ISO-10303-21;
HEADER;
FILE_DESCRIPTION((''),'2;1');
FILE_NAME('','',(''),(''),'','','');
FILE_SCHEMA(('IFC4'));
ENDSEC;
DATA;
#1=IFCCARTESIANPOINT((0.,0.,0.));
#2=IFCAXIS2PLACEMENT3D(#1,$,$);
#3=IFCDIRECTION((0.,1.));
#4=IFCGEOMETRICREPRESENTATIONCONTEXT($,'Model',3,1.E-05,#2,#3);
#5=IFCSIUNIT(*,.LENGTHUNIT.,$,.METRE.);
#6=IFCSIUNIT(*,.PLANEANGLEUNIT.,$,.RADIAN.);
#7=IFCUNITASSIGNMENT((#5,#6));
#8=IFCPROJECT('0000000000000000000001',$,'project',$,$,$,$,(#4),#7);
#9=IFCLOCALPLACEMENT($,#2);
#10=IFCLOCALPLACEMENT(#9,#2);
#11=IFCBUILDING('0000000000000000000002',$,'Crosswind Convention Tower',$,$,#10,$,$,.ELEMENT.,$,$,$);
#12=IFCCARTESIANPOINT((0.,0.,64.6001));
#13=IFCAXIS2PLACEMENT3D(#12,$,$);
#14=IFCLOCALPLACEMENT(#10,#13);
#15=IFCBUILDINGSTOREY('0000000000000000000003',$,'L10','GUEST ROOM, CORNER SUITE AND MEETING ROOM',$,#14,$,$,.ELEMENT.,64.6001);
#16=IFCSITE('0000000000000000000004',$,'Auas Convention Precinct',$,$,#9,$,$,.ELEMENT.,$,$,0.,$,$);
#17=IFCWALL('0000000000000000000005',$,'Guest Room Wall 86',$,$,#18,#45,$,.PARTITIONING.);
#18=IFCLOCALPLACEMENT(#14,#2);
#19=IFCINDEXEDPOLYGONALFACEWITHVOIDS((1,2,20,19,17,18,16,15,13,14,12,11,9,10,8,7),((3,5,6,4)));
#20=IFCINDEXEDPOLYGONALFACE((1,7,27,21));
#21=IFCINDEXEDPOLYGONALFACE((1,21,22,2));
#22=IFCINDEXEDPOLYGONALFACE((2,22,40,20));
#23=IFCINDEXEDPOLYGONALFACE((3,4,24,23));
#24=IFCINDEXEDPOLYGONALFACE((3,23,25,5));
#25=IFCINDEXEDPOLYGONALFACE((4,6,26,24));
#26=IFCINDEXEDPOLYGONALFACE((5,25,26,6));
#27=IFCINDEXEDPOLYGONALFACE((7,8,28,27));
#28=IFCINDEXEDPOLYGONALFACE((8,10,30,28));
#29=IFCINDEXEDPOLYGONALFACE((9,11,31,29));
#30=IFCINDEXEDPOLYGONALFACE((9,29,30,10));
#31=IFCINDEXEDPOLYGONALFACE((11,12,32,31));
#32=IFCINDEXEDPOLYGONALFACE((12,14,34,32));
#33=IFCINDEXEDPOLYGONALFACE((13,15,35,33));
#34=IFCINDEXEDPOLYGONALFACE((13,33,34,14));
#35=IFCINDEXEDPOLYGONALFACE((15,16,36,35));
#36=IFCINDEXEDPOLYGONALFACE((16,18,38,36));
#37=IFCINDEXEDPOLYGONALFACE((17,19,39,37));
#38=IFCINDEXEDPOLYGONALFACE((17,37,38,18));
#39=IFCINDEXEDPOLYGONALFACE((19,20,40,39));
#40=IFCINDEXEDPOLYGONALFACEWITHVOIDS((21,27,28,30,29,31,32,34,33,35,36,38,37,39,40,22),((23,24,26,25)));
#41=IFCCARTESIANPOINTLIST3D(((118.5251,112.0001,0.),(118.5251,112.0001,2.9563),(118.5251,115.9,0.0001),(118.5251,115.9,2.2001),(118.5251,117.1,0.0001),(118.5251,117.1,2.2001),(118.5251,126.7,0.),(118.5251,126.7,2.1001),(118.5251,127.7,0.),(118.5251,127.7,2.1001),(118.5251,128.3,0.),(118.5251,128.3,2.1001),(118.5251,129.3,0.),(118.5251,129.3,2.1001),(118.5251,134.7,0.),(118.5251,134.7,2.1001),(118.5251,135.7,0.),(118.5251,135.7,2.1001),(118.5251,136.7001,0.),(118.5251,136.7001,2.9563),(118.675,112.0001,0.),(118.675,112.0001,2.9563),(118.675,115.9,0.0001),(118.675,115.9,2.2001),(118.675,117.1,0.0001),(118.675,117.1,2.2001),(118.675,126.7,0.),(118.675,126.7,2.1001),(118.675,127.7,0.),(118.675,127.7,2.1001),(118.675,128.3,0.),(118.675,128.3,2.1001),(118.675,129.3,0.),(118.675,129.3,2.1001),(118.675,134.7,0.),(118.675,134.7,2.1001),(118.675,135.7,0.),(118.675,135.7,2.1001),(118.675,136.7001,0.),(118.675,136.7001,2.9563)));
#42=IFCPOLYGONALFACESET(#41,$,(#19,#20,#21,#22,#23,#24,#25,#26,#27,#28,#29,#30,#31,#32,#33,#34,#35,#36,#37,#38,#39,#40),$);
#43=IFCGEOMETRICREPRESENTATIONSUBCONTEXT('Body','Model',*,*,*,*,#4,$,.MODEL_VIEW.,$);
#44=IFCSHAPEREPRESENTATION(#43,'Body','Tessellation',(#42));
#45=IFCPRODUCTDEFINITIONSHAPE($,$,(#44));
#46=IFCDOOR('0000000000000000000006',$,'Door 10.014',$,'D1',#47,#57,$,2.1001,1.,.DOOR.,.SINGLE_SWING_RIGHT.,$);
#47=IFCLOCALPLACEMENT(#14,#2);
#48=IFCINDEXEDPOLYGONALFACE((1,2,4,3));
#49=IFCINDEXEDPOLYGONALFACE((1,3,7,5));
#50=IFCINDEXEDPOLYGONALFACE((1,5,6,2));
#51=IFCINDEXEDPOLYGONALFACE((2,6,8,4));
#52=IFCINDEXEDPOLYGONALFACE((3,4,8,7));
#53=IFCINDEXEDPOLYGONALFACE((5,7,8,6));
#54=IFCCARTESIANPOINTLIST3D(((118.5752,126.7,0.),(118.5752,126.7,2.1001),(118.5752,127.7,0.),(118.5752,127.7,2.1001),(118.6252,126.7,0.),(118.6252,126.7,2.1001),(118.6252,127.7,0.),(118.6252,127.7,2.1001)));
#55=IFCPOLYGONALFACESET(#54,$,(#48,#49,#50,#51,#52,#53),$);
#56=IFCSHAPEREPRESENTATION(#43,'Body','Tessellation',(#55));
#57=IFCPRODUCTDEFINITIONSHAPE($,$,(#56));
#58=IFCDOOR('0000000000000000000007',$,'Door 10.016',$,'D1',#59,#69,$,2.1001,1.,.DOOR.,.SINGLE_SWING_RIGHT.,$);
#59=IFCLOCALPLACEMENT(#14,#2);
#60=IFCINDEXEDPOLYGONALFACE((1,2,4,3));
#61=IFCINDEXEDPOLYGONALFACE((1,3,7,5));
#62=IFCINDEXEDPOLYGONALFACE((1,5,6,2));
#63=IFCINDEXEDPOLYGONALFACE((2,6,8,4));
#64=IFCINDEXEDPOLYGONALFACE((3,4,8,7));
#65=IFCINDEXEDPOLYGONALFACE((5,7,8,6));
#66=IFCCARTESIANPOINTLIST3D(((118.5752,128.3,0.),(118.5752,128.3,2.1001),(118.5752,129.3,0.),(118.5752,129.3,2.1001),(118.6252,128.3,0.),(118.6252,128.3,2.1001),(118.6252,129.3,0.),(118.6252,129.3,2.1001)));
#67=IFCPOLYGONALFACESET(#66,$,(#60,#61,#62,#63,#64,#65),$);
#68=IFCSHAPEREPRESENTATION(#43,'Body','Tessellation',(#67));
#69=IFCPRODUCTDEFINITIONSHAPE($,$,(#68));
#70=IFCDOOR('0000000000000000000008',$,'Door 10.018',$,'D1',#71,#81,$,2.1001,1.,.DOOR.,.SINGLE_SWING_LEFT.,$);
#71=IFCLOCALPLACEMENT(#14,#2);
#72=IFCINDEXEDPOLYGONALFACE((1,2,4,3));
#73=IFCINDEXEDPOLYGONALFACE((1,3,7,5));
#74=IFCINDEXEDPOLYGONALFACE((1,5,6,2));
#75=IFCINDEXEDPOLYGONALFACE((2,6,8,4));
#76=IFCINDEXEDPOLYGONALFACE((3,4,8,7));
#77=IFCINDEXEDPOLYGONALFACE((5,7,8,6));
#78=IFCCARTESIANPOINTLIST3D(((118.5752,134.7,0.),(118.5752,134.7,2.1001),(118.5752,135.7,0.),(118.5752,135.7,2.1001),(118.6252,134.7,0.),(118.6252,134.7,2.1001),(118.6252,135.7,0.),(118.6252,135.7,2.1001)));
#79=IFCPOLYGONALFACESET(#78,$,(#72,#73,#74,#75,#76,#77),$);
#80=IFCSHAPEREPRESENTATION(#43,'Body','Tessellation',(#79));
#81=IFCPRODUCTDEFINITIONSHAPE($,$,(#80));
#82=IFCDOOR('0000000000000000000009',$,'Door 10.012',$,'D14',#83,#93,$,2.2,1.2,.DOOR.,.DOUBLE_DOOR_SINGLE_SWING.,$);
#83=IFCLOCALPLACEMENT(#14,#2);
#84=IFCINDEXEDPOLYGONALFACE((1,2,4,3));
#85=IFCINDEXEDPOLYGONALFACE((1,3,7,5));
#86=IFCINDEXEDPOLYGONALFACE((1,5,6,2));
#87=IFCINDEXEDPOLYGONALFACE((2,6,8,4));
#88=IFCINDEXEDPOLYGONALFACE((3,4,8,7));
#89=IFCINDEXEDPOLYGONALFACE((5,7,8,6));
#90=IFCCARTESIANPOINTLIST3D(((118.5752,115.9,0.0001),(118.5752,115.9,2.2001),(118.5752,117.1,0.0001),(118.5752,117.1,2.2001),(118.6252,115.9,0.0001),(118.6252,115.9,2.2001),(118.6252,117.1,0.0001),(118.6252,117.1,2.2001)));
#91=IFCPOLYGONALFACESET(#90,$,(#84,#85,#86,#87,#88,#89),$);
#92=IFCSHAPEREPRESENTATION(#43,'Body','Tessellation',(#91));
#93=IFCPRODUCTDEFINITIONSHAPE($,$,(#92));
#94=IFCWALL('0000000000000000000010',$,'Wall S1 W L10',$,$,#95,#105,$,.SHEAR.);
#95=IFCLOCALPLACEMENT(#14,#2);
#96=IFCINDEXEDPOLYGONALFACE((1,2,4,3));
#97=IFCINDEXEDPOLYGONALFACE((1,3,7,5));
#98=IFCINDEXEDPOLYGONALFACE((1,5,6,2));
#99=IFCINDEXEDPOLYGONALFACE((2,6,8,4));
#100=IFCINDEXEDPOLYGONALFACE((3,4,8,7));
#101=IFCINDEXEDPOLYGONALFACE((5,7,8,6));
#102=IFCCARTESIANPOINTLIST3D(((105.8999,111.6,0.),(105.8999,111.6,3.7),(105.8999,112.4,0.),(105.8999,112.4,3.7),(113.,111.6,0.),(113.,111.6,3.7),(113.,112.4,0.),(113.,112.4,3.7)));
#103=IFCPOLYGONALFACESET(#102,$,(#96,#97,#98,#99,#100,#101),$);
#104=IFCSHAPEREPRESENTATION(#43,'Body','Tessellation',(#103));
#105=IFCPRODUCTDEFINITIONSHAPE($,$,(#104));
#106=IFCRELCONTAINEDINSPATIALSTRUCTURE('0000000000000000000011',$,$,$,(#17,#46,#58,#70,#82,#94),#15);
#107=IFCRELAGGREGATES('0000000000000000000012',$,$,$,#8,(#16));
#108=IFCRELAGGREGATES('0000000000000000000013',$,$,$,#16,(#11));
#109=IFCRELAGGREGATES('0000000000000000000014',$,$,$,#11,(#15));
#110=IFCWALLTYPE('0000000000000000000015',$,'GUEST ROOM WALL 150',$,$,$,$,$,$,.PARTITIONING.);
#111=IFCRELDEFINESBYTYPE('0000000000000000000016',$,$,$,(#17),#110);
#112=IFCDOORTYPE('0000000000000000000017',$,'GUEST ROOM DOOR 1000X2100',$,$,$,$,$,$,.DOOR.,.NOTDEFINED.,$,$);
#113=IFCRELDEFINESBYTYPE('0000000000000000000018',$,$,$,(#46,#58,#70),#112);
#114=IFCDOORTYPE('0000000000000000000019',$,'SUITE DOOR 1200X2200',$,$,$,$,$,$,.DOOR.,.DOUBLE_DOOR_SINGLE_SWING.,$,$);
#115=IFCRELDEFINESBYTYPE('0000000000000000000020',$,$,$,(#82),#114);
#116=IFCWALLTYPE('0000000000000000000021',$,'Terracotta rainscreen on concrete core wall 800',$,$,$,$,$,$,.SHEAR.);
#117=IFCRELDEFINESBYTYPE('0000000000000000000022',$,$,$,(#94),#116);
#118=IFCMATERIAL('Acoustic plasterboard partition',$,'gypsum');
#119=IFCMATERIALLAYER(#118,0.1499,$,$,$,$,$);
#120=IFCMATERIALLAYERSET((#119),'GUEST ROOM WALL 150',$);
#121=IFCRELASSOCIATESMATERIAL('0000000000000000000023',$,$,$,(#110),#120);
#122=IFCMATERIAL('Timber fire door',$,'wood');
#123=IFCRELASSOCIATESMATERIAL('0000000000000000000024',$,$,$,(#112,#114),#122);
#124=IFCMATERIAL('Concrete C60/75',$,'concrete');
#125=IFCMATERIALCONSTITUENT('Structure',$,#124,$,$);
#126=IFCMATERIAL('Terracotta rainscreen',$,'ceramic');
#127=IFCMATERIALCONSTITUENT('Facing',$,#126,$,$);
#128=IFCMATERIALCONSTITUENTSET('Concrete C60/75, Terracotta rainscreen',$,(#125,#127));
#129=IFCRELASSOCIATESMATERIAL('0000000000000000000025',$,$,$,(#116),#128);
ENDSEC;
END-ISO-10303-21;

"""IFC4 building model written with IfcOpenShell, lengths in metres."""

from ifc_helpers import new_model, si_unit, direction, frame, frame_2d, origin, place, context, subcontext, project, spatial, rectangle, extrude, material, layer, layer_set, constituent, constituent_set, type_object, element, fill, save


model = new_model("IFC4")

# Units and contexts
model_context = context("Model", 3, precision=1e-05, world=origin(), true_north=direction((0.0, 1.0)))
body_context = subcontext(model_context, "Body", "Model", "MODEL_VIEW")
ifc_project = project(units=[si_unit("LENGTHUNIT", "METRE"), si_unit("PLANEANGLEUNIT", "RADIAN")], contexts=[model_context])

# Site, building, storey
site_placement = place(None, origin())
site = spatial("IfcSite", under=ifc_project, at=site_placement, Name="Auas Convention Precinct", CompositionType="ELEMENT", RefElevation=0.0)
building_placement = place(site_placement, origin())
building = spatial("IfcBuilding", under=site, at=building_placement, Name="Crosswind Convention Tower", CompositionType="ELEMENT")
storey_placement = place(building_placement, frame((0.0, 0.0, 64.6001)))
storey = spatial("IfcBuildingStorey", under=building, at=storey_placement, Name="L10", Description="GUEST ROOM, CORNER SUITE AND MEETING ROOM", CompositionType="ELEMENT", Elevation=64.6001)

# Shared definitions
ifc_material_1 = material(Name="Timber fire door", Category="wood")

# Shared definitions
ifc_material_2 = material(Name="Acoustic plasterboard partition", Category="gypsum")
ifc_layer_1 = layer(ifc_material_2, 0.1499)
ifc_layer_set_1 = layer_set([ifc_layer_1], Name="GUEST ROOM WALL 150")
wall_type_1 = type_object("IfcWallType", Name="GUEST ROOM WALL 150", PredefinedType="PARTITIONING", material=ifc_layer_set_1)

# Wall, openings, doors
wall_1_placement = place(storey_placement, frame((118.6001, 112.0, 0.0), z_axis=(0.0, 0.0, 1.0), x_axis=(0.0, 1.0, 0.0)))
wall_1 = element("IfcWall", 1, at=wall_1_placement, inside=storey, type_object=wall_type_1, Name="Guest Room Wall 86", PredefinedType="PARTITIONING", context=body_context, shape_type="SweptSolid", body=[
    extrude(rectangle(XDim=24.7, YDim=0.1499, at=frame_2d((12.3501, 0.0))), origin(), (0.0, 0.0, 1.0), 2.9563),
])
opening_1_placement = place(wall_1_placement, frame((3.8999, 0.0, 0.0)))
opening_1 = element("IfcOpeningElement", 2, at=opening_1_placement, cuts=wall_1, PredefinedType="OPENING", context=body_context, shape_type="SweptSolid", body=[
    extrude(rectangle(XDim=1.2, YDim=2.2, at=frame_2d((0.6001, 1.1001))), frame((0.0, 0.085, 0.0), z_axis=(0.0, -1.0, 0.0), x_axis=(1.0, 0.0, 0.0)), (0.0, 0.0, 1.0), 0.1699),
])
opening_2_placement = place(wall_1_placement, frame((14.7, 0.0, 0.0)))
opening_2 = element("IfcOpeningElement", 3, at=opening_2_placement, cuts=wall_1, PredefinedType="OPENING", context=body_context, shape_type="SweptSolid", body=[
    extrude(rectangle(XDim=1.0, YDim=2.1001, at=frame_2d((0.5, 1.05))), frame((0.0, 0.085, 0.0), z_axis=(0.0, -1.0, 0.0), x_axis=(1.0, 0.0, 0.0)), (0.0, 0.0, 1.0), 0.1699),
])
opening_3_placement = place(wall_1_placement, frame((16.3, 0.0, 0.0)))
opening_3 = element("IfcOpeningElement", 4, at=opening_3_placement, cuts=wall_1, PredefinedType="OPENING", context=body_context, shape_type="SweptSolid", body=[
    extrude(rectangle(XDim=1.0, YDim=2.1001, at=frame_2d((0.5, 1.05))), frame((0.0, 0.085, 0.0), z_axis=(0.0, -1.0, 0.0), x_axis=(1.0, 0.0, 0.0)), (0.0, 0.0, 1.0), 0.1699),
])
opening_4_placement = place(wall_1_placement, frame((22.7, 0.0, 0.0)))
opening_4 = element("IfcOpeningElement", 5, at=opening_4_placement, cuts=wall_1, PredefinedType="OPENING", context=body_context, shape_type="SweptSolid", body=[
    extrude(rectangle(XDim=1.0, YDim=2.1001, at=frame_2d((0.5, 1.05))), frame((0.0, 0.085, 0.0), z_axis=(0.0, -1.0, 0.0), x_axis=(1.0, 0.0, 0.0)), (0.0, 0.0, 1.0), 0.1699),
])
door_type_1 = type_object("IfcDoorType", Name="GUEST ROOM DOOR 1000X2100", OperationType="NOTDEFINED", PredefinedType="DOOR", material=ifc_material_1)
door_1_placement = place(opening_2_placement, origin())
door_1 = element("IfcDoor", 6, at=door_1_placement, inside=storey, type_object=door_type_1, Name="Door 10.014", ObjectType="D1", OperationType="SINGLE_SWING_RIGHT", OverallHeight=2.1001, OverallWidth=1.0, PredefinedType="DOOR", context=body_context, shape_type="SweptSolid", body=[
    extrude(rectangle(XDim=1.0, YDim=2.1001, at=frame_2d((0.5, 1.05))), frame((0.0, 0.0249, 0.0), z_axis=(0.0, -1.0, 0.0), x_axis=(1.0, 0.0, 0.0)), (0.0, 0.0, 1.0), 0.05),
])
fill(opening_2, door_1)
door_2_placement = place(opening_3_placement, origin())
door_2 = element("IfcDoor", 7, at=door_2_placement, inside=storey, type_object=door_type_1, Name="Door 10.016", ObjectType="D1", OperationType="SINGLE_SWING_RIGHT", OverallHeight=2.1001, OverallWidth=1.0, PredefinedType="DOOR", context=body_context, shape_type="SweptSolid", body=[
    extrude(rectangle(XDim=1.0, YDim=2.1001, at=frame_2d((0.5, 1.05))), frame((0.0, 0.0249, 0.0), z_axis=(0.0, -1.0, 0.0), x_axis=(1.0, 0.0, 0.0)), (0.0, 0.0, 1.0), 0.05),
])
fill(opening_3, door_2)
door_3_placement = place(opening_4_placement, origin())
door_3 = element("IfcDoor", 8, at=door_3_placement, inside=storey, type_object=door_type_1, Name="Door 10.018", ObjectType="D1", OperationType="SINGLE_SWING_LEFT", OverallHeight=2.1001, OverallWidth=1.0, PredefinedType="DOOR", context=body_context, shape_type="SweptSolid", body=[
    extrude(rectangle(XDim=1.0, YDim=2.1001, at=frame_2d((0.5, 1.05))), frame((0.0, 0.0249, 0.0), z_axis=(0.0, -1.0, 0.0), x_axis=(1.0, 0.0, 0.0)), (0.0, 0.0, 1.0), 0.05),
])
fill(opening_4, door_3)
door_type_2 = type_object("IfcDoorType", Name="SUITE DOOR 1200X2200", OperationType="DOUBLE_DOOR_SINGLE_SWING", PredefinedType="DOOR", material=ifc_material_1)
door_4_placement = place(opening_1_placement, origin())
door_4 = element("IfcDoor", 9, at=door_4_placement, inside=storey, type_object=door_type_2, Name="Door 10.012", ObjectType="D14", OperationType="DOUBLE_DOOR_SINGLE_SWING", OverallHeight=2.2, OverallWidth=1.2, PredefinedType="DOOR", context=body_context, shape_type="SweptSolid", body=[
    extrude(rectangle(XDim=1.2, YDim=2.2, at=frame_2d((0.6001, 1.1001))), frame((0.0, 0.0249, 0.0), z_axis=(0.0, -1.0, 0.0), x_axis=(1.0, 0.0, 0.0)), (0.0, 0.0, 1.0), 0.05),
])
fill(opening_1, door_4)

# Wall
ifc_material_3 = material(Name="Concrete C60/75", Category="concrete")
ifc_constituent_1 = constituent(ifc_material_3, Name="Structure")
ifc_material_4 = material(Name="Terracotta rainscreen", Category="ceramic")
ifc_constituent_2 = constituent(ifc_material_4, Name="Facing")
ifc_constituent_set = constituent_set(constituents=[ifc_constituent_1, ifc_constituent_2], Name="Concrete C60/75, Terracotta rainscreen")
wall_type_2 = type_object("IfcWallType", Name="Terracotta rainscreen on concrete core wall 800", PredefinedType="SHEAR", material=ifc_constituent_set)
wall_2_placement = place(storey_placement, frame((113.0, 112.0, 0.0), z_axis=(0.0, 0.0, 1.0), x_axis=(-1.0, 0.0, 0.0)))
element("IfcWall", 10, at=wall_2_placement, inside=storey, type_object=wall_type_2, Name="Wall S1 W L10", PredefinedType="SHEAR", context=body_context, shape_type="SweptSolid", body=[
    extrude(rectangle(XDim=7.1001, YDim=0.8, at=frame_2d((3.55, 0.0))), origin(), (0.0, 0.0, 1.0), 3.7),
])

save(model, "model.ifc")
